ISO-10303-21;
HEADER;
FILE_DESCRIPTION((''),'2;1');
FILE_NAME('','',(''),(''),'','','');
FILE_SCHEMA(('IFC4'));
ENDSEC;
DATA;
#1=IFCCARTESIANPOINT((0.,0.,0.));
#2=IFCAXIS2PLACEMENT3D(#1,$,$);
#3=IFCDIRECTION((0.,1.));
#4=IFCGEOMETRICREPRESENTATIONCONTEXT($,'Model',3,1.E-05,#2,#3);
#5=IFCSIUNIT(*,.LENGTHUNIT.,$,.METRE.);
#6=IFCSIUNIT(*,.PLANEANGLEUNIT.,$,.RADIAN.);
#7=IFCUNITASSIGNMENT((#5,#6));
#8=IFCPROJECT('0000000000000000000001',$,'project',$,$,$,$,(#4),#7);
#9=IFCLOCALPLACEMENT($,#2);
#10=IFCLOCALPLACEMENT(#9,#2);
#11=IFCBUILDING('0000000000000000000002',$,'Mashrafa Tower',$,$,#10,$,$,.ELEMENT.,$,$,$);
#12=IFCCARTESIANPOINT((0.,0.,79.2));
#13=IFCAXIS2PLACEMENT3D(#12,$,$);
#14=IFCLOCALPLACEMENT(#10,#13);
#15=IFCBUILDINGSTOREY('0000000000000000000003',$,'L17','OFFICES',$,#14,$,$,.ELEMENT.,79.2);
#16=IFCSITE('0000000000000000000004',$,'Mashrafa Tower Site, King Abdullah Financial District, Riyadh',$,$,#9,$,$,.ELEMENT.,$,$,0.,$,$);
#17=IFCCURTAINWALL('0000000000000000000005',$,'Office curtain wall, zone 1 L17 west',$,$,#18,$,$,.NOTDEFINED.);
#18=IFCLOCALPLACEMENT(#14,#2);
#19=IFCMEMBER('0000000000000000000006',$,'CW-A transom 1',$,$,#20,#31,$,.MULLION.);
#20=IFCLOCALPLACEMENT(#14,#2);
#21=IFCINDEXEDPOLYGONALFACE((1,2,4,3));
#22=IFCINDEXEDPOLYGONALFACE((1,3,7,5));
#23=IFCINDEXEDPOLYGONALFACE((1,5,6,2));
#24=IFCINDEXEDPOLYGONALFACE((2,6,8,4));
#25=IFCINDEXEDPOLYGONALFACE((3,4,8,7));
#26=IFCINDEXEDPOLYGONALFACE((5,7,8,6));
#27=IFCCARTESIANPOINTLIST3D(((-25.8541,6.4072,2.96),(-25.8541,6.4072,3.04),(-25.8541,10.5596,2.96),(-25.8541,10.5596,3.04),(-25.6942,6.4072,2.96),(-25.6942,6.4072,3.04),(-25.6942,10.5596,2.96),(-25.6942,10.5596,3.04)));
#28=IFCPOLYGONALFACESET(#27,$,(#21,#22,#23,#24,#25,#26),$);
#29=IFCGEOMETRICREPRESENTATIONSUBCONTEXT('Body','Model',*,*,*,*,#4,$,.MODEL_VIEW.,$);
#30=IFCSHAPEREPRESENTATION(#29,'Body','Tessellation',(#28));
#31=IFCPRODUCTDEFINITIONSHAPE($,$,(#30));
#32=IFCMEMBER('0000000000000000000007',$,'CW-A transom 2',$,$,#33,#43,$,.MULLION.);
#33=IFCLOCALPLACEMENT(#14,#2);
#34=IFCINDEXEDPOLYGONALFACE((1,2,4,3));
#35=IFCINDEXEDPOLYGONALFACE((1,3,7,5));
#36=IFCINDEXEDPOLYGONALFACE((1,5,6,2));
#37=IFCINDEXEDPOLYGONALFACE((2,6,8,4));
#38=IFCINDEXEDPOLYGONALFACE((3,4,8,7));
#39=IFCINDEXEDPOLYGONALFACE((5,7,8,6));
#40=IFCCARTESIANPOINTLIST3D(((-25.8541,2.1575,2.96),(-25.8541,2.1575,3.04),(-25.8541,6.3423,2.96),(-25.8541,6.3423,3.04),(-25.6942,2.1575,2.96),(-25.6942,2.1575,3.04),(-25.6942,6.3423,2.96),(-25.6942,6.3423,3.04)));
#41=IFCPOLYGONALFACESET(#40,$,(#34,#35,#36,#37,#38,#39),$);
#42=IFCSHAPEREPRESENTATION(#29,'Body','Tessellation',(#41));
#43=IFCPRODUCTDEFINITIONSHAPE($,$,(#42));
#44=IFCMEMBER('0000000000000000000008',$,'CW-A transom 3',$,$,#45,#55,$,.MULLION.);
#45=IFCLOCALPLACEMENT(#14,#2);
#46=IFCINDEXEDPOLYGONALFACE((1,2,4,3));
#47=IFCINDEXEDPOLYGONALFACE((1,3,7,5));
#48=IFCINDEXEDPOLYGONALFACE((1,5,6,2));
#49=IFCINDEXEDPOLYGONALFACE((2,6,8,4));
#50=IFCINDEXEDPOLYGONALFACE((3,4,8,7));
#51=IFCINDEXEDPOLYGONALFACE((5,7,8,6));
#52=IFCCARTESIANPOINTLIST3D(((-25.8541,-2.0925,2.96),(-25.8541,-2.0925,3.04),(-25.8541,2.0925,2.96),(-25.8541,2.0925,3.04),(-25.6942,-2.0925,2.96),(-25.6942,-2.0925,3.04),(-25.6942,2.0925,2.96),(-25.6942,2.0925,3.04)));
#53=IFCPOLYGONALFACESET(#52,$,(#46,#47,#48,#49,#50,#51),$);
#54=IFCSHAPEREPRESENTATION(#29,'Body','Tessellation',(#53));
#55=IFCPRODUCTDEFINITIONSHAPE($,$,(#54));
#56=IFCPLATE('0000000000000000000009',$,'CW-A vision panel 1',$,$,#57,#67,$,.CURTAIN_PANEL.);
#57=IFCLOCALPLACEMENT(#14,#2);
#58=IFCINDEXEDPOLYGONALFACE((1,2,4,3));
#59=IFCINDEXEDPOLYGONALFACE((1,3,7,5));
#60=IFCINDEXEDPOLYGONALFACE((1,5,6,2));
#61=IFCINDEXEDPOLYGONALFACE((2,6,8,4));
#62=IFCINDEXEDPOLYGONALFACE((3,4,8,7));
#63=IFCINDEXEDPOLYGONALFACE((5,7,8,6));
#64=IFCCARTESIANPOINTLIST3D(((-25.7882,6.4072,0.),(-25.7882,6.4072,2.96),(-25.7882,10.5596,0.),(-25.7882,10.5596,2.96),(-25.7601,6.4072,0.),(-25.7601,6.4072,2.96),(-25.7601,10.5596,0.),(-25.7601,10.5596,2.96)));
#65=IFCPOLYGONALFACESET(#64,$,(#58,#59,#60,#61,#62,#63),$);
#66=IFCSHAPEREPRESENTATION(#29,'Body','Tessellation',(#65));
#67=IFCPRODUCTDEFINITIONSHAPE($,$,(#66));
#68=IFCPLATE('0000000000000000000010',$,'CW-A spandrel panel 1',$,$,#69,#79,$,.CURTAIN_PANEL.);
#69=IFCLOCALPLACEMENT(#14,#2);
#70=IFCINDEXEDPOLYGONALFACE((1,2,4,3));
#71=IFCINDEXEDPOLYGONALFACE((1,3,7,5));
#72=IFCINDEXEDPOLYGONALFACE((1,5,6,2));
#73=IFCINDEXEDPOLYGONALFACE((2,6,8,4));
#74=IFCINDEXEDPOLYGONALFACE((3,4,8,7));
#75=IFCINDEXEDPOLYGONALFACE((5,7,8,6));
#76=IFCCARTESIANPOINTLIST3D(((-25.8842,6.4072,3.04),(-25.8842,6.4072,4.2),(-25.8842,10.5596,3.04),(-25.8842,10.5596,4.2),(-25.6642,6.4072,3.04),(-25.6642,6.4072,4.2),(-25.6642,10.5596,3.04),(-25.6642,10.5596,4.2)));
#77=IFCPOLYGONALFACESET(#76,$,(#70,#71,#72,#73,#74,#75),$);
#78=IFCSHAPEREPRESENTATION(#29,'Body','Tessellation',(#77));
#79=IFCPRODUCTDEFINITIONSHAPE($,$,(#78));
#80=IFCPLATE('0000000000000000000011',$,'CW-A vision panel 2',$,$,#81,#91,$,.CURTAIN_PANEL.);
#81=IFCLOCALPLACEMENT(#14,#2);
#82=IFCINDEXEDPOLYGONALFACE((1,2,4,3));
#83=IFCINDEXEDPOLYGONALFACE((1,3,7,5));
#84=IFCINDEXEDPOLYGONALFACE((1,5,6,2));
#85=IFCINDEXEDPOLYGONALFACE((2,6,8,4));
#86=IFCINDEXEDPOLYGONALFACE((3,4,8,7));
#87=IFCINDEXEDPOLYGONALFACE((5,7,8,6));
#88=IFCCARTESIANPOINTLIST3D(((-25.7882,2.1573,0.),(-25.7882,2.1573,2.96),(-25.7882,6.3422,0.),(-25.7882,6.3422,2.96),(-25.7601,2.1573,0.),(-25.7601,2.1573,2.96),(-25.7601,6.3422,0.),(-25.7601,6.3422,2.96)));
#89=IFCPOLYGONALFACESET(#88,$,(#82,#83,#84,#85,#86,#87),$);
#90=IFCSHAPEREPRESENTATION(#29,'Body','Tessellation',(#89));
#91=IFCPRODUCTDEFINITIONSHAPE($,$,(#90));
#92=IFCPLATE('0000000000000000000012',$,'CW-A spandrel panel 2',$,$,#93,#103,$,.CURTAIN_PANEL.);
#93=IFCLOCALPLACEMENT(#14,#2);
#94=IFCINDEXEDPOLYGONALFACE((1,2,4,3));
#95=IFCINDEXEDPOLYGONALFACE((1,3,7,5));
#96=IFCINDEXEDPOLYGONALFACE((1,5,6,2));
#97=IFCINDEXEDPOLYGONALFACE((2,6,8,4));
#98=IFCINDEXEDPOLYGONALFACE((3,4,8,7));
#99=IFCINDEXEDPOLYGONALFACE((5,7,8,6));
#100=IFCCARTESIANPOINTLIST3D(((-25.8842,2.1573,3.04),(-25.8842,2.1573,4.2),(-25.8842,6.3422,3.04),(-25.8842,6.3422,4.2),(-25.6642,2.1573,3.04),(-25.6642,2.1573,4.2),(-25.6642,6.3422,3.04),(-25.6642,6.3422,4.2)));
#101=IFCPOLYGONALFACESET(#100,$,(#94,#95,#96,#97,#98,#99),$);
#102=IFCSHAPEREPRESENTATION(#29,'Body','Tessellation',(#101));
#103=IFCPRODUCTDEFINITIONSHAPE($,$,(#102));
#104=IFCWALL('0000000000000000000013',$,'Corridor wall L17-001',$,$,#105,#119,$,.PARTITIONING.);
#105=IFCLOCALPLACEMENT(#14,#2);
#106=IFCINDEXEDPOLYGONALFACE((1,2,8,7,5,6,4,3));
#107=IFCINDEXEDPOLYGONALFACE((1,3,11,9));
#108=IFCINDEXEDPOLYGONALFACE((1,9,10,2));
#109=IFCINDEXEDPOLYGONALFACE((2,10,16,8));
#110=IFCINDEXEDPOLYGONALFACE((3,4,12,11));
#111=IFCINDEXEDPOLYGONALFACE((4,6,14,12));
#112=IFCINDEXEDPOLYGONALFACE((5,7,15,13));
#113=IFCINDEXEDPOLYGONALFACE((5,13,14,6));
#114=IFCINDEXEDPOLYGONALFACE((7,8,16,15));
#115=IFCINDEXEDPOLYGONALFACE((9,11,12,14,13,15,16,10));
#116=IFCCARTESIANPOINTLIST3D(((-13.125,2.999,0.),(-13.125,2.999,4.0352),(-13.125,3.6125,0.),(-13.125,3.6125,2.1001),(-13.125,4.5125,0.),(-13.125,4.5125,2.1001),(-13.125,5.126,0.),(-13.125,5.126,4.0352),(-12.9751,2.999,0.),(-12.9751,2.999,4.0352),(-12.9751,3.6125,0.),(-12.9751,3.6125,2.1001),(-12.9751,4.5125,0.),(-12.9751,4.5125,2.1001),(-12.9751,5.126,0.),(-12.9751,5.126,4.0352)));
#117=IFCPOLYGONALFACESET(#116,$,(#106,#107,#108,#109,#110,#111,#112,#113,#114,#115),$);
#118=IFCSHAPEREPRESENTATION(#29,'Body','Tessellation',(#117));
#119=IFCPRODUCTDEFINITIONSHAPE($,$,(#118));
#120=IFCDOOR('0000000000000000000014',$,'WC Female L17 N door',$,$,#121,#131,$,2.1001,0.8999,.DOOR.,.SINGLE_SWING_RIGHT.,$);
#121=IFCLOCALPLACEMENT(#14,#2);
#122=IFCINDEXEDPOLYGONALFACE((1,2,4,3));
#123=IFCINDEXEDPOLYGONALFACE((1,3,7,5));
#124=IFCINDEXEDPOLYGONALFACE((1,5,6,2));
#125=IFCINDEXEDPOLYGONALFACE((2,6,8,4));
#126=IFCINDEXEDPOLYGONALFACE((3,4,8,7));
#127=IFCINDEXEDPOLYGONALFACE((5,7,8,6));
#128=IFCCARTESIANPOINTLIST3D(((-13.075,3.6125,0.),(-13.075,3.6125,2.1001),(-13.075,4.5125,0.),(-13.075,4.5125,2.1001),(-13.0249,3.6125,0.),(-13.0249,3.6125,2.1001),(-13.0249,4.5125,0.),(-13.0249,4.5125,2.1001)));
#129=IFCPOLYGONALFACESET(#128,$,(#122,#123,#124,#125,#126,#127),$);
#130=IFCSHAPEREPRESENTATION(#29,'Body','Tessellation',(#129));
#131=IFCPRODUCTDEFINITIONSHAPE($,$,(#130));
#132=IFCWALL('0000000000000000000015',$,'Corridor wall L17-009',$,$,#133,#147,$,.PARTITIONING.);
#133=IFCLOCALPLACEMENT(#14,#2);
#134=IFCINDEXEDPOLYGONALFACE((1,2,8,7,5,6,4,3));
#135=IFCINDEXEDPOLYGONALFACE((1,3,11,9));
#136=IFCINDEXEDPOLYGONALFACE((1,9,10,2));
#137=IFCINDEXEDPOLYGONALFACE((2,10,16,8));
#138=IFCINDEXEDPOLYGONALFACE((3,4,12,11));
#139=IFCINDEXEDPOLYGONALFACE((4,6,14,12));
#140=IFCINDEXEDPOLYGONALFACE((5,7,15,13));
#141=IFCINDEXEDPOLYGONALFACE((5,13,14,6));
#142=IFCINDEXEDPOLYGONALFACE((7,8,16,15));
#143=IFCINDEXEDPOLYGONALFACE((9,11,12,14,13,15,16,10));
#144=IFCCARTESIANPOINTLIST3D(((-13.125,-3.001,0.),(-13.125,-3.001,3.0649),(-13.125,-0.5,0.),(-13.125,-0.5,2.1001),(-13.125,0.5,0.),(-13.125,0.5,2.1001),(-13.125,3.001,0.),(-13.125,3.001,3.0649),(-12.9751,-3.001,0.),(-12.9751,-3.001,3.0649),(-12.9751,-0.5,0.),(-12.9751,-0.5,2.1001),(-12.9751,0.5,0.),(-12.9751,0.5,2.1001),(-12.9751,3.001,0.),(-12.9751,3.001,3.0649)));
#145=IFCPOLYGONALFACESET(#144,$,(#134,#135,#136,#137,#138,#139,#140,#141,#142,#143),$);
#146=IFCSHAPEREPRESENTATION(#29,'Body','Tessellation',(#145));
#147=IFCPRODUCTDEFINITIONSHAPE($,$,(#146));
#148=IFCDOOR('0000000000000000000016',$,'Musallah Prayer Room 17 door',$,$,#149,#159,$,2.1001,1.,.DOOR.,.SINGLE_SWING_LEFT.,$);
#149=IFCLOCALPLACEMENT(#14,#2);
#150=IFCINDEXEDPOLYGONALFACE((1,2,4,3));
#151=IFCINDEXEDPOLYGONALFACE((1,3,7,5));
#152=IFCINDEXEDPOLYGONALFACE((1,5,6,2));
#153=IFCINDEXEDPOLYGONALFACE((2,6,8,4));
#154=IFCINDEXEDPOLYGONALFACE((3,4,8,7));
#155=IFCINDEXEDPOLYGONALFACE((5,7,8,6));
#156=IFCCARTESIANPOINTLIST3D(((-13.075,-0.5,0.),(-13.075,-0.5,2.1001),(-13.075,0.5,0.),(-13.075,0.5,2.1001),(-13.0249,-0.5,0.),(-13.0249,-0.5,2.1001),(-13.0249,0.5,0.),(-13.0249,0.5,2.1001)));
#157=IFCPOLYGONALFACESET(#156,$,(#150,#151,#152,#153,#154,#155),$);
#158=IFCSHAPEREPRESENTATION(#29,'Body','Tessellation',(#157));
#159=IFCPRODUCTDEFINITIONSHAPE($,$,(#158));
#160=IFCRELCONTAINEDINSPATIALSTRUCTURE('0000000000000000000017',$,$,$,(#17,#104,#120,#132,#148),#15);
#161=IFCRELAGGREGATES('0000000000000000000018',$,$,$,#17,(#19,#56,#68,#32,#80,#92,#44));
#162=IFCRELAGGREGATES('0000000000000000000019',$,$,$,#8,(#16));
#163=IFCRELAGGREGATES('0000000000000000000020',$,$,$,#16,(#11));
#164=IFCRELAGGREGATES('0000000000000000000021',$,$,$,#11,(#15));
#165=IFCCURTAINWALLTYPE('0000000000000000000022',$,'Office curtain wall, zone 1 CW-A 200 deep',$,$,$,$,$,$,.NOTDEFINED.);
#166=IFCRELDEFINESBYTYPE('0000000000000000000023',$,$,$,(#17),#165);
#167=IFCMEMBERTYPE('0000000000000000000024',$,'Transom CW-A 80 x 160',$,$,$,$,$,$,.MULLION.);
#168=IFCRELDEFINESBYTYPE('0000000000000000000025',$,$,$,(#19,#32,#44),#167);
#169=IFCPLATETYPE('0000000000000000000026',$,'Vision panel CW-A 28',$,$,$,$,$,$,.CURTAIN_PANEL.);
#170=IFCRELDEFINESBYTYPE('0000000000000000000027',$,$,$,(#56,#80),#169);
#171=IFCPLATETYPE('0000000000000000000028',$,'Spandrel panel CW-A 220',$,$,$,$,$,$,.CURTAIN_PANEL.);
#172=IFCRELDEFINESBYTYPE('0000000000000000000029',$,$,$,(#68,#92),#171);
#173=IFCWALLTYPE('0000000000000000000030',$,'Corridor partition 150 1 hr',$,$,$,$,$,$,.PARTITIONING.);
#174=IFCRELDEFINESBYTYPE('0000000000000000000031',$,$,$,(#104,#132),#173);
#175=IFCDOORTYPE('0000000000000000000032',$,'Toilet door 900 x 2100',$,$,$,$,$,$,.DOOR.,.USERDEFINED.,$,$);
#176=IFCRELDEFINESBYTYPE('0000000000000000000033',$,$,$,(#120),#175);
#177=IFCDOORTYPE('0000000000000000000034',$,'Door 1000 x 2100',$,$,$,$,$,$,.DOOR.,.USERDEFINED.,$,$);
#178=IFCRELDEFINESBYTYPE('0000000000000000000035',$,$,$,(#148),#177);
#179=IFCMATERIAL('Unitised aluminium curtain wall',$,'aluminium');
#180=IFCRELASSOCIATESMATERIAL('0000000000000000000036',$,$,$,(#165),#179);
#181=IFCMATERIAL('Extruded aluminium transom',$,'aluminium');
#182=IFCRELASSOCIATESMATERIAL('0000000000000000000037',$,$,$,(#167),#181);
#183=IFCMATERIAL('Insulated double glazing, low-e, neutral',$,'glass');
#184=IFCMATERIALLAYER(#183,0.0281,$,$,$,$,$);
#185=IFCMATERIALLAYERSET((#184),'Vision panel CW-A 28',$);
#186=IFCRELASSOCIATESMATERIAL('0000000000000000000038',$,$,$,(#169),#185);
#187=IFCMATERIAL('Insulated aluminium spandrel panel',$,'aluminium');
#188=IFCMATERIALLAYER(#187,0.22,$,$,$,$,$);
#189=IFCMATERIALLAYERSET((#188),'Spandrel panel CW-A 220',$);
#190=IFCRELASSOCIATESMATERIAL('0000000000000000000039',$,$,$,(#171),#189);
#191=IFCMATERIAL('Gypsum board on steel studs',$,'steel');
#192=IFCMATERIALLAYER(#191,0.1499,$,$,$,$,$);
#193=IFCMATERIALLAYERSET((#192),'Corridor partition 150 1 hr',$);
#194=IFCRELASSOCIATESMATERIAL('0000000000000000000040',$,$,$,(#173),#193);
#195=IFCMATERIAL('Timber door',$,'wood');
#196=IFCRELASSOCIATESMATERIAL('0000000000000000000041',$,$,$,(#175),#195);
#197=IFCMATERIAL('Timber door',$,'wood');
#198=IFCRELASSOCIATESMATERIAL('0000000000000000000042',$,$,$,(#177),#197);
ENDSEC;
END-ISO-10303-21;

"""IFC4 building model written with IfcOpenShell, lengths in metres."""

from ifc_helpers import new_model, si_unit, direction, frame, frame_2d, origin, origin_2d, place, context, subcontext, project, spatial, rectangle, extrude, source, transform, mapped, material, layer, layer_set, material_profile, profile_set, type_object, type_shapes, element, fill, aggregate, save


model = new_model("IFC4")

# Units and contexts
model_context = context("Model", 3, precision=1e-05, world=origin(), true_north=direction((0.0, 1.0)))
body_context = subcontext(model_context, "Body", "Model", "MODEL_VIEW")
ifc_project = project(units=[si_unit("LENGTHUNIT", "METRE"), si_unit("PLANEANGLEUNIT", "RADIAN")], contexts=[model_context])

# Site, building, storey
site_placement = place(None, origin())
site = spatial("IfcSite", under=ifc_project, at=site_placement, Name="Mashrafa Tower Site, King Abdullah Financial District, Riyadh", CompositionType="ELEMENT", RefElevation=0.0)
building_placement = place(site_placement, origin())
building = spatial("IfcBuilding", under=site, at=building_placement, Name="Mashrafa Tower", CompositionType="ELEMENT")
storey_placement = place(building_placement, frame((0.0, 0.0, 79.2)))
storey = spatial("IfcBuildingStorey", under=building, at=storey_placement, Name="L17", Description="OFFICES", CompositionType="ELEMENT", Elevation=79.2)

# Curtain wall, members, plates
ifc_material_1 = material(Name="Unitised aluminium curtain wall", Category="aluminium")
curtain_wall_type = type_object("IfcCurtainWallType", Name="Office curtain wall, zone 1 CW-A 200 deep", PredefinedType="NOTDEFINED", material=ifc_material_1)
curtain_wall_placement = place(storey_placement, origin())
curtain_wall = element("IfcCurtainWall", 1, at=curtain_wall_placement, inside=storey, type_object=curtain_wall_type, Name="Office curtain wall, zone 1 L17 west", PredefinedType="NOTDEFINED")
ifc_material_2 = material(Name="Extruded aluminium transom", Category="aluminium")
ifc_material_profile_1 = material_profile(ifc_material_2, rectangle(XDim=0.1599, YDim=0.0801, at=origin_2d()), Name="Transom 80x160")
ifc_profile_set_1 = profile_set([ifc_material_profile_1], Name="Extruded aluminium transom")
member_type_1 = type_object("IfcMemberType", Name="Transom CW-A 80 x 160", PredefinedType="MULLION", material=ifc_profile_set_1)
shared_shape_1 = source(origin(), body_context, "Body", "SweptSolid", [
    extrude(rectangle(XDim=0.1599, YDim=0.0801, at=origin_2d()), origin(), (0.0, 0.0, 1.0), 4.1523),
])
member_1_placement = place(storey_placement, frame((-25.7742, 10.5596, 3.0), z_axis=(0.0, -1.0, 0.0), x_axis=(1.0, 0.0, 0.0)))
member_1 = element("IfcMember", 2, at=member_1_placement, type_object=member_type_1, Name="CW-A transom 1", PredefinedType="MULLION", context=body_context, shape_type="MappedRepresentation", body=[
    mapped(shared_shape_1, transform((0.0, 0.0, 0.0))),
])
shared_shape_2 = source(origin(), body_context, "Body", "SweptSolid", [
    extrude(rectangle(XDim=0.1599, YDim=0.0801, at=origin_2d()), origin(), (0.0, 0.0, 1.0), 4.1848),
])
member_2_placement = place(storey_placement, frame((-25.7742, 6.3423, 3.0), z_axis=(0.0, -1.0, 0.0), x_axis=(1.0, 0.0, 0.0)))
member_2 = element("IfcMember", 3, at=member_2_placement, type_object=member_type_1, Name="CW-A transom 2", PredefinedType="MULLION", context=body_context, shape_type="MappedRepresentation", body=[
    mapped(shared_shape_2, transform((0.0, 0.0, 0.0))),
])
shared_shape_3 = source(origin(), body_context, "Body", "SweptSolid", [
    extrude(rectangle(XDim=0.1599, YDim=0.0801, at=origin_2d()), origin(), (0.0, 0.0, 1.0), 4.1851),
])
type_shapes(member_type_1, [shared_shape_1, shared_shape_2, shared_shape_3])
member_3_placement = place(storey_placement, frame((-25.7742, 2.0925, 3.0), z_axis=(0.0, -1.0, 0.0), x_axis=(1.0, 0.0, 0.0)))
member_3 = element("IfcMember", 4, at=member_3_placement, type_object=member_type_1, Name="CW-A transom 3", PredefinedType="MULLION", context=body_context, shape_type="MappedRepresentation", body=[
    mapped(shared_shape_3, transform((0.0, 0.0, 0.0))),
])
ifc_material_3 = material(Name="Insulated double glazing, low-e, neutral", Category="glass")
ifc_layer_1 = layer(ifc_material_3, 0.0281)
ifc_layer_set_1 = layer_set([ifc_layer_1], Name="Vision panel CW-A 28")
plate_type_1 = type_object("IfcPlateType", Name="Vision panel CW-A 28", PredefinedType="CURTAIN_PANEL", material=ifc_layer_set_1)
shared_shape_4 = source(origin(), body_context, "Body", "SweptSolid", [
    extrude(rectangle(XDim=4.1523, YDim=0.0281, at=origin_2d()), origin(), (0.0, 0.0, 1.0), 2.96),
])
plate_1_placement = place(storey_placement, frame((-25.7742, 8.4834, 0.0), z_axis=(0.0, 0.0, 1.0), x_axis=(0.0, -1.0, 0.0)))
plate_1 = element("IfcPlate", 5, at=plate_1_placement, type_object=plate_type_1, Name="CW-A vision panel 1", PredefinedType="CURTAIN_PANEL", context=body_context, shape_type="MappedRepresentation", body=[
    mapped(shared_shape_4, transform((0.0, 0.0, 0.0))),
])
ifc_material_4 = material(Name="Insulated aluminium spandrel panel", Category="aluminium")
ifc_layer_2 = layer(ifc_material_4, 0.22)
ifc_layer_set_2 = layer_set([ifc_layer_2], Name="Spandrel panel CW-A 220")
plate_type_2 = type_object("IfcPlateType", Name="Spandrel panel CW-A 220", PredefinedType="CURTAIN_PANEL", material=ifc_layer_set_2)
shared_shape_5 = source(origin(), body_context, "Body", "SweptSolid", [
    extrude(rectangle(XDim=4.1523, YDim=0.22, at=origin_2d()), origin(), (0.0, 0.0, 1.0), 1.1599),
])
plate_2_placement = place(storey_placement, frame((-25.7742, 8.4834, 3.04), z_axis=(0.0, 0.0, 1.0), x_axis=(0.0, -1.0, 0.0)))
plate_2 = element("IfcPlate", 6, at=plate_2_placement, type_object=plate_type_2, Name="CW-A spandrel panel 1", PredefinedType="CURTAIN_PANEL", context=body_context, shape_type="MappedRepresentation", body=[
    mapped(shared_shape_5, transform((0.0, 0.0, 0.0))),
])
shared_shape_6 = source(origin(), body_context, "Body", "SweptSolid", [
    extrude(rectangle(XDim=4.1848, YDim=0.0281, at=origin_2d()), origin(), (0.0, 0.0, 1.0), 2.96),
])
type_shapes(plate_type_1, [shared_shape_4, shared_shape_6])
plate_3_placement = place(storey_placement, frame((-25.7742, 4.2498, 0.0), z_axis=(0.0, 0.0, 1.0), x_axis=(0.0, -1.0, 0.0)))
plate_3 = element("IfcPlate", 7, at=plate_3_placement, type_object=plate_type_1, Name="CW-A vision panel 2", PredefinedType="CURTAIN_PANEL", context=body_context, shape_type="MappedRepresentation", body=[
    mapped(shared_shape_6, transform((0.0, 0.0, 0.0))),
])
shared_shape_7 = source(origin(), body_context, "Body", "SweptSolid", [
    extrude(rectangle(XDim=4.1848, YDim=0.22, at=origin_2d()), origin(), (0.0, 0.0, 1.0), 1.1599),
])
type_shapes(plate_type_2, [shared_shape_5, shared_shape_7])
plate_4_placement = place(storey_placement, frame((-25.7742, 4.2498, 3.04), z_axis=(0.0, 0.0, 1.0), x_axis=(0.0, -1.0, 0.0)))
plate_4 = element("IfcPlate", 8, at=plate_4_placement, type_object=plate_type_2, Name="CW-A spandrel panel 2", PredefinedType="CURTAIN_PANEL", context=body_context, shape_type="MappedRepresentation", body=[
    mapped(shared_shape_7, transform((0.0, 0.0, 0.0))),
])
aggregate(curtain_wall, [member_1, plate_1, plate_2, member_2, plate_3, plate_4, member_3])

# Walls, openings, doors
ifc_material_5 = material(Name="Gypsum board on steel studs", Category="steel")
ifc_layer_3 = layer(ifc_material_5, 0.1499)
ifc_layer_set_3 = layer_set([ifc_layer_3], Name="Corridor partition 150 1 hr")
wall_type_1 = type_object("IfcWallType", Name="Corridor partition 150 1 hr", PredefinedType="PARTITIONING", material=ifc_layer_set_3)
wall_1_placement = place(storey_placement, frame((-13.05, 5.126, 0.0), z_axis=(0.0, 0.0, 1.0), x_axis=(0.0, -1.0, 0.0)))
wall_1 = element("IfcWall", 9, at=wall_1_placement, inside=storey, type_object=wall_type_1, Name="Corridor wall L17-001", PredefinedType="PARTITIONING", context=body_context, shape_type="SweptSolid", body=[
    extrude(rectangle(XDim=2.127, YDim=0.1499, at=frame_2d((1.0635, 0.0))), origin(), (0.0, 0.0, 1.0), 4.0352),
])
opening_1_placement = place(wall_1_placement, frame((0.6135, 0.0, 0.0)))
opening_1 = element("IfcOpeningElement", 10, at=opening_1_placement, cuts=wall_1, PredefinedType="OPENING", context=body_context, shape_type="SweptSolid", body=[
    extrude(rectangle(XDim=0.8999, YDim=2.1001, at=frame_2d((0.45, 1.05))), frame((0.0, 0.085, 0.0), z_axis=(0.0, -1.0, 0.0), x_axis=(1.0, 0.0, 0.0)), (0.0, 0.0, 1.0), 0.1699),
])
ifc_material_6 = material(Name="Timber door", Category="wood")
door_type_1 = type_object("IfcDoorType", Name="Toilet door 900 x 2100", OperationType="USERDEFINED", PredefinedType="DOOR", material=ifc_material_6)
door_1_placement = place(opening_1_placement, frame((0.8999, 0.0, 0.0), z_axis=(0.0, 0.0, 1.0), x_axis=(-1.0, 0.0, 0.0)))
door_1 = element("IfcDoor", 11, at=door_1_placement, inside=storey, type_object=door_type_1, Name="WC Female L17 N door", OperationType="SINGLE_SWING_RIGHT", OverallHeight=2.1001, OverallWidth=0.8999, PredefinedType="DOOR", context=body_context, shape_type="SweptSolid", body=[
    extrude(rectangle(XDim=0.8999, YDim=2.1001, at=frame_2d((0.45, 1.05))), frame((0.0, 0.0249, 0.0), z_axis=(0.0, -1.0, 0.0), x_axis=(1.0, 0.0, 0.0)), (0.0, 0.0, 1.0), 0.05),
])
fill(opening_1, door_1)
wall_2_placement = place(storey_placement, frame((-13.05, 3.001, 0.0), z_axis=(0.0, 0.0, 1.0), x_axis=(0.0, -1.0, 0.0)))
wall_2 = element("IfcWall", 12, at=wall_2_placement, inside=storey, type_object=wall_type_1, Name="Corridor wall L17-009", PredefinedType="PARTITIONING", context=body_context, shape_type="SweptSolid", body=[
    extrude(rectangle(XDim=6.002, YDim=0.1499, at=frame_2d((3.001, 0.0))), origin(), (0.0, 0.0, 1.0), 3.0649),
])
opening_2_placement = place(wall_2_placement, frame((2.501, 0.0, 0.0)))
opening_2 = element("IfcOpeningElement", 13, at=opening_2_placement, cuts=wall_2, PredefinedType="OPENING", context=body_context, shape_type="SweptSolid", body=[
    extrude(rectangle(XDim=1.0, YDim=2.1001, at=frame_2d((0.5, 1.05))), frame((0.0, 0.085, 0.0), z_axis=(0.0, -1.0, 0.0), x_axis=(1.0, 0.0, 0.0)), (0.0, 0.0, 1.0), 0.1699),
])
ifc_material_7 = material(Name="Timber door", Category="wood")
door_type_2 = type_object("IfcDoorType", Name="Door 1000 x 2100", OperationType="USERDEFINED", PredefinedType="DOOR", material=ifc_material_7)
door_2_placement = place(opening_2_placement, frame((1.0, 0.0, 0.0), z_axis=(0.0, 0.0, 1.0), x_axis=(-1.0, 0.0, 0.0)))
door_2 = element("IfcDoor", 14, at=door_2_placement, inside=storey, type_object=door_type_2, Name="Musallah Prayer Room 17 door", OperationType="SINGLE_SWING_LEFT", OverallHeight=2.1001, OverallWidth=1.0, PredefinedType="DOOR", context=body_context, shape_type="SweptSolid", body=[
    extrude(rectangle(XDim=1.0, YDim=2.1001, at=frame_2d((0.5, 1.05))), frame((0.0, 0.0249, 0.0), z_axis=(0.0, -1.0, 0.0), x_axis=(1.0, 0.0, 0.0)), (0.0, 0.0, 1.0), 0.05),
])
fill(opening_2, door_2)

save(model, "model.ifc")
